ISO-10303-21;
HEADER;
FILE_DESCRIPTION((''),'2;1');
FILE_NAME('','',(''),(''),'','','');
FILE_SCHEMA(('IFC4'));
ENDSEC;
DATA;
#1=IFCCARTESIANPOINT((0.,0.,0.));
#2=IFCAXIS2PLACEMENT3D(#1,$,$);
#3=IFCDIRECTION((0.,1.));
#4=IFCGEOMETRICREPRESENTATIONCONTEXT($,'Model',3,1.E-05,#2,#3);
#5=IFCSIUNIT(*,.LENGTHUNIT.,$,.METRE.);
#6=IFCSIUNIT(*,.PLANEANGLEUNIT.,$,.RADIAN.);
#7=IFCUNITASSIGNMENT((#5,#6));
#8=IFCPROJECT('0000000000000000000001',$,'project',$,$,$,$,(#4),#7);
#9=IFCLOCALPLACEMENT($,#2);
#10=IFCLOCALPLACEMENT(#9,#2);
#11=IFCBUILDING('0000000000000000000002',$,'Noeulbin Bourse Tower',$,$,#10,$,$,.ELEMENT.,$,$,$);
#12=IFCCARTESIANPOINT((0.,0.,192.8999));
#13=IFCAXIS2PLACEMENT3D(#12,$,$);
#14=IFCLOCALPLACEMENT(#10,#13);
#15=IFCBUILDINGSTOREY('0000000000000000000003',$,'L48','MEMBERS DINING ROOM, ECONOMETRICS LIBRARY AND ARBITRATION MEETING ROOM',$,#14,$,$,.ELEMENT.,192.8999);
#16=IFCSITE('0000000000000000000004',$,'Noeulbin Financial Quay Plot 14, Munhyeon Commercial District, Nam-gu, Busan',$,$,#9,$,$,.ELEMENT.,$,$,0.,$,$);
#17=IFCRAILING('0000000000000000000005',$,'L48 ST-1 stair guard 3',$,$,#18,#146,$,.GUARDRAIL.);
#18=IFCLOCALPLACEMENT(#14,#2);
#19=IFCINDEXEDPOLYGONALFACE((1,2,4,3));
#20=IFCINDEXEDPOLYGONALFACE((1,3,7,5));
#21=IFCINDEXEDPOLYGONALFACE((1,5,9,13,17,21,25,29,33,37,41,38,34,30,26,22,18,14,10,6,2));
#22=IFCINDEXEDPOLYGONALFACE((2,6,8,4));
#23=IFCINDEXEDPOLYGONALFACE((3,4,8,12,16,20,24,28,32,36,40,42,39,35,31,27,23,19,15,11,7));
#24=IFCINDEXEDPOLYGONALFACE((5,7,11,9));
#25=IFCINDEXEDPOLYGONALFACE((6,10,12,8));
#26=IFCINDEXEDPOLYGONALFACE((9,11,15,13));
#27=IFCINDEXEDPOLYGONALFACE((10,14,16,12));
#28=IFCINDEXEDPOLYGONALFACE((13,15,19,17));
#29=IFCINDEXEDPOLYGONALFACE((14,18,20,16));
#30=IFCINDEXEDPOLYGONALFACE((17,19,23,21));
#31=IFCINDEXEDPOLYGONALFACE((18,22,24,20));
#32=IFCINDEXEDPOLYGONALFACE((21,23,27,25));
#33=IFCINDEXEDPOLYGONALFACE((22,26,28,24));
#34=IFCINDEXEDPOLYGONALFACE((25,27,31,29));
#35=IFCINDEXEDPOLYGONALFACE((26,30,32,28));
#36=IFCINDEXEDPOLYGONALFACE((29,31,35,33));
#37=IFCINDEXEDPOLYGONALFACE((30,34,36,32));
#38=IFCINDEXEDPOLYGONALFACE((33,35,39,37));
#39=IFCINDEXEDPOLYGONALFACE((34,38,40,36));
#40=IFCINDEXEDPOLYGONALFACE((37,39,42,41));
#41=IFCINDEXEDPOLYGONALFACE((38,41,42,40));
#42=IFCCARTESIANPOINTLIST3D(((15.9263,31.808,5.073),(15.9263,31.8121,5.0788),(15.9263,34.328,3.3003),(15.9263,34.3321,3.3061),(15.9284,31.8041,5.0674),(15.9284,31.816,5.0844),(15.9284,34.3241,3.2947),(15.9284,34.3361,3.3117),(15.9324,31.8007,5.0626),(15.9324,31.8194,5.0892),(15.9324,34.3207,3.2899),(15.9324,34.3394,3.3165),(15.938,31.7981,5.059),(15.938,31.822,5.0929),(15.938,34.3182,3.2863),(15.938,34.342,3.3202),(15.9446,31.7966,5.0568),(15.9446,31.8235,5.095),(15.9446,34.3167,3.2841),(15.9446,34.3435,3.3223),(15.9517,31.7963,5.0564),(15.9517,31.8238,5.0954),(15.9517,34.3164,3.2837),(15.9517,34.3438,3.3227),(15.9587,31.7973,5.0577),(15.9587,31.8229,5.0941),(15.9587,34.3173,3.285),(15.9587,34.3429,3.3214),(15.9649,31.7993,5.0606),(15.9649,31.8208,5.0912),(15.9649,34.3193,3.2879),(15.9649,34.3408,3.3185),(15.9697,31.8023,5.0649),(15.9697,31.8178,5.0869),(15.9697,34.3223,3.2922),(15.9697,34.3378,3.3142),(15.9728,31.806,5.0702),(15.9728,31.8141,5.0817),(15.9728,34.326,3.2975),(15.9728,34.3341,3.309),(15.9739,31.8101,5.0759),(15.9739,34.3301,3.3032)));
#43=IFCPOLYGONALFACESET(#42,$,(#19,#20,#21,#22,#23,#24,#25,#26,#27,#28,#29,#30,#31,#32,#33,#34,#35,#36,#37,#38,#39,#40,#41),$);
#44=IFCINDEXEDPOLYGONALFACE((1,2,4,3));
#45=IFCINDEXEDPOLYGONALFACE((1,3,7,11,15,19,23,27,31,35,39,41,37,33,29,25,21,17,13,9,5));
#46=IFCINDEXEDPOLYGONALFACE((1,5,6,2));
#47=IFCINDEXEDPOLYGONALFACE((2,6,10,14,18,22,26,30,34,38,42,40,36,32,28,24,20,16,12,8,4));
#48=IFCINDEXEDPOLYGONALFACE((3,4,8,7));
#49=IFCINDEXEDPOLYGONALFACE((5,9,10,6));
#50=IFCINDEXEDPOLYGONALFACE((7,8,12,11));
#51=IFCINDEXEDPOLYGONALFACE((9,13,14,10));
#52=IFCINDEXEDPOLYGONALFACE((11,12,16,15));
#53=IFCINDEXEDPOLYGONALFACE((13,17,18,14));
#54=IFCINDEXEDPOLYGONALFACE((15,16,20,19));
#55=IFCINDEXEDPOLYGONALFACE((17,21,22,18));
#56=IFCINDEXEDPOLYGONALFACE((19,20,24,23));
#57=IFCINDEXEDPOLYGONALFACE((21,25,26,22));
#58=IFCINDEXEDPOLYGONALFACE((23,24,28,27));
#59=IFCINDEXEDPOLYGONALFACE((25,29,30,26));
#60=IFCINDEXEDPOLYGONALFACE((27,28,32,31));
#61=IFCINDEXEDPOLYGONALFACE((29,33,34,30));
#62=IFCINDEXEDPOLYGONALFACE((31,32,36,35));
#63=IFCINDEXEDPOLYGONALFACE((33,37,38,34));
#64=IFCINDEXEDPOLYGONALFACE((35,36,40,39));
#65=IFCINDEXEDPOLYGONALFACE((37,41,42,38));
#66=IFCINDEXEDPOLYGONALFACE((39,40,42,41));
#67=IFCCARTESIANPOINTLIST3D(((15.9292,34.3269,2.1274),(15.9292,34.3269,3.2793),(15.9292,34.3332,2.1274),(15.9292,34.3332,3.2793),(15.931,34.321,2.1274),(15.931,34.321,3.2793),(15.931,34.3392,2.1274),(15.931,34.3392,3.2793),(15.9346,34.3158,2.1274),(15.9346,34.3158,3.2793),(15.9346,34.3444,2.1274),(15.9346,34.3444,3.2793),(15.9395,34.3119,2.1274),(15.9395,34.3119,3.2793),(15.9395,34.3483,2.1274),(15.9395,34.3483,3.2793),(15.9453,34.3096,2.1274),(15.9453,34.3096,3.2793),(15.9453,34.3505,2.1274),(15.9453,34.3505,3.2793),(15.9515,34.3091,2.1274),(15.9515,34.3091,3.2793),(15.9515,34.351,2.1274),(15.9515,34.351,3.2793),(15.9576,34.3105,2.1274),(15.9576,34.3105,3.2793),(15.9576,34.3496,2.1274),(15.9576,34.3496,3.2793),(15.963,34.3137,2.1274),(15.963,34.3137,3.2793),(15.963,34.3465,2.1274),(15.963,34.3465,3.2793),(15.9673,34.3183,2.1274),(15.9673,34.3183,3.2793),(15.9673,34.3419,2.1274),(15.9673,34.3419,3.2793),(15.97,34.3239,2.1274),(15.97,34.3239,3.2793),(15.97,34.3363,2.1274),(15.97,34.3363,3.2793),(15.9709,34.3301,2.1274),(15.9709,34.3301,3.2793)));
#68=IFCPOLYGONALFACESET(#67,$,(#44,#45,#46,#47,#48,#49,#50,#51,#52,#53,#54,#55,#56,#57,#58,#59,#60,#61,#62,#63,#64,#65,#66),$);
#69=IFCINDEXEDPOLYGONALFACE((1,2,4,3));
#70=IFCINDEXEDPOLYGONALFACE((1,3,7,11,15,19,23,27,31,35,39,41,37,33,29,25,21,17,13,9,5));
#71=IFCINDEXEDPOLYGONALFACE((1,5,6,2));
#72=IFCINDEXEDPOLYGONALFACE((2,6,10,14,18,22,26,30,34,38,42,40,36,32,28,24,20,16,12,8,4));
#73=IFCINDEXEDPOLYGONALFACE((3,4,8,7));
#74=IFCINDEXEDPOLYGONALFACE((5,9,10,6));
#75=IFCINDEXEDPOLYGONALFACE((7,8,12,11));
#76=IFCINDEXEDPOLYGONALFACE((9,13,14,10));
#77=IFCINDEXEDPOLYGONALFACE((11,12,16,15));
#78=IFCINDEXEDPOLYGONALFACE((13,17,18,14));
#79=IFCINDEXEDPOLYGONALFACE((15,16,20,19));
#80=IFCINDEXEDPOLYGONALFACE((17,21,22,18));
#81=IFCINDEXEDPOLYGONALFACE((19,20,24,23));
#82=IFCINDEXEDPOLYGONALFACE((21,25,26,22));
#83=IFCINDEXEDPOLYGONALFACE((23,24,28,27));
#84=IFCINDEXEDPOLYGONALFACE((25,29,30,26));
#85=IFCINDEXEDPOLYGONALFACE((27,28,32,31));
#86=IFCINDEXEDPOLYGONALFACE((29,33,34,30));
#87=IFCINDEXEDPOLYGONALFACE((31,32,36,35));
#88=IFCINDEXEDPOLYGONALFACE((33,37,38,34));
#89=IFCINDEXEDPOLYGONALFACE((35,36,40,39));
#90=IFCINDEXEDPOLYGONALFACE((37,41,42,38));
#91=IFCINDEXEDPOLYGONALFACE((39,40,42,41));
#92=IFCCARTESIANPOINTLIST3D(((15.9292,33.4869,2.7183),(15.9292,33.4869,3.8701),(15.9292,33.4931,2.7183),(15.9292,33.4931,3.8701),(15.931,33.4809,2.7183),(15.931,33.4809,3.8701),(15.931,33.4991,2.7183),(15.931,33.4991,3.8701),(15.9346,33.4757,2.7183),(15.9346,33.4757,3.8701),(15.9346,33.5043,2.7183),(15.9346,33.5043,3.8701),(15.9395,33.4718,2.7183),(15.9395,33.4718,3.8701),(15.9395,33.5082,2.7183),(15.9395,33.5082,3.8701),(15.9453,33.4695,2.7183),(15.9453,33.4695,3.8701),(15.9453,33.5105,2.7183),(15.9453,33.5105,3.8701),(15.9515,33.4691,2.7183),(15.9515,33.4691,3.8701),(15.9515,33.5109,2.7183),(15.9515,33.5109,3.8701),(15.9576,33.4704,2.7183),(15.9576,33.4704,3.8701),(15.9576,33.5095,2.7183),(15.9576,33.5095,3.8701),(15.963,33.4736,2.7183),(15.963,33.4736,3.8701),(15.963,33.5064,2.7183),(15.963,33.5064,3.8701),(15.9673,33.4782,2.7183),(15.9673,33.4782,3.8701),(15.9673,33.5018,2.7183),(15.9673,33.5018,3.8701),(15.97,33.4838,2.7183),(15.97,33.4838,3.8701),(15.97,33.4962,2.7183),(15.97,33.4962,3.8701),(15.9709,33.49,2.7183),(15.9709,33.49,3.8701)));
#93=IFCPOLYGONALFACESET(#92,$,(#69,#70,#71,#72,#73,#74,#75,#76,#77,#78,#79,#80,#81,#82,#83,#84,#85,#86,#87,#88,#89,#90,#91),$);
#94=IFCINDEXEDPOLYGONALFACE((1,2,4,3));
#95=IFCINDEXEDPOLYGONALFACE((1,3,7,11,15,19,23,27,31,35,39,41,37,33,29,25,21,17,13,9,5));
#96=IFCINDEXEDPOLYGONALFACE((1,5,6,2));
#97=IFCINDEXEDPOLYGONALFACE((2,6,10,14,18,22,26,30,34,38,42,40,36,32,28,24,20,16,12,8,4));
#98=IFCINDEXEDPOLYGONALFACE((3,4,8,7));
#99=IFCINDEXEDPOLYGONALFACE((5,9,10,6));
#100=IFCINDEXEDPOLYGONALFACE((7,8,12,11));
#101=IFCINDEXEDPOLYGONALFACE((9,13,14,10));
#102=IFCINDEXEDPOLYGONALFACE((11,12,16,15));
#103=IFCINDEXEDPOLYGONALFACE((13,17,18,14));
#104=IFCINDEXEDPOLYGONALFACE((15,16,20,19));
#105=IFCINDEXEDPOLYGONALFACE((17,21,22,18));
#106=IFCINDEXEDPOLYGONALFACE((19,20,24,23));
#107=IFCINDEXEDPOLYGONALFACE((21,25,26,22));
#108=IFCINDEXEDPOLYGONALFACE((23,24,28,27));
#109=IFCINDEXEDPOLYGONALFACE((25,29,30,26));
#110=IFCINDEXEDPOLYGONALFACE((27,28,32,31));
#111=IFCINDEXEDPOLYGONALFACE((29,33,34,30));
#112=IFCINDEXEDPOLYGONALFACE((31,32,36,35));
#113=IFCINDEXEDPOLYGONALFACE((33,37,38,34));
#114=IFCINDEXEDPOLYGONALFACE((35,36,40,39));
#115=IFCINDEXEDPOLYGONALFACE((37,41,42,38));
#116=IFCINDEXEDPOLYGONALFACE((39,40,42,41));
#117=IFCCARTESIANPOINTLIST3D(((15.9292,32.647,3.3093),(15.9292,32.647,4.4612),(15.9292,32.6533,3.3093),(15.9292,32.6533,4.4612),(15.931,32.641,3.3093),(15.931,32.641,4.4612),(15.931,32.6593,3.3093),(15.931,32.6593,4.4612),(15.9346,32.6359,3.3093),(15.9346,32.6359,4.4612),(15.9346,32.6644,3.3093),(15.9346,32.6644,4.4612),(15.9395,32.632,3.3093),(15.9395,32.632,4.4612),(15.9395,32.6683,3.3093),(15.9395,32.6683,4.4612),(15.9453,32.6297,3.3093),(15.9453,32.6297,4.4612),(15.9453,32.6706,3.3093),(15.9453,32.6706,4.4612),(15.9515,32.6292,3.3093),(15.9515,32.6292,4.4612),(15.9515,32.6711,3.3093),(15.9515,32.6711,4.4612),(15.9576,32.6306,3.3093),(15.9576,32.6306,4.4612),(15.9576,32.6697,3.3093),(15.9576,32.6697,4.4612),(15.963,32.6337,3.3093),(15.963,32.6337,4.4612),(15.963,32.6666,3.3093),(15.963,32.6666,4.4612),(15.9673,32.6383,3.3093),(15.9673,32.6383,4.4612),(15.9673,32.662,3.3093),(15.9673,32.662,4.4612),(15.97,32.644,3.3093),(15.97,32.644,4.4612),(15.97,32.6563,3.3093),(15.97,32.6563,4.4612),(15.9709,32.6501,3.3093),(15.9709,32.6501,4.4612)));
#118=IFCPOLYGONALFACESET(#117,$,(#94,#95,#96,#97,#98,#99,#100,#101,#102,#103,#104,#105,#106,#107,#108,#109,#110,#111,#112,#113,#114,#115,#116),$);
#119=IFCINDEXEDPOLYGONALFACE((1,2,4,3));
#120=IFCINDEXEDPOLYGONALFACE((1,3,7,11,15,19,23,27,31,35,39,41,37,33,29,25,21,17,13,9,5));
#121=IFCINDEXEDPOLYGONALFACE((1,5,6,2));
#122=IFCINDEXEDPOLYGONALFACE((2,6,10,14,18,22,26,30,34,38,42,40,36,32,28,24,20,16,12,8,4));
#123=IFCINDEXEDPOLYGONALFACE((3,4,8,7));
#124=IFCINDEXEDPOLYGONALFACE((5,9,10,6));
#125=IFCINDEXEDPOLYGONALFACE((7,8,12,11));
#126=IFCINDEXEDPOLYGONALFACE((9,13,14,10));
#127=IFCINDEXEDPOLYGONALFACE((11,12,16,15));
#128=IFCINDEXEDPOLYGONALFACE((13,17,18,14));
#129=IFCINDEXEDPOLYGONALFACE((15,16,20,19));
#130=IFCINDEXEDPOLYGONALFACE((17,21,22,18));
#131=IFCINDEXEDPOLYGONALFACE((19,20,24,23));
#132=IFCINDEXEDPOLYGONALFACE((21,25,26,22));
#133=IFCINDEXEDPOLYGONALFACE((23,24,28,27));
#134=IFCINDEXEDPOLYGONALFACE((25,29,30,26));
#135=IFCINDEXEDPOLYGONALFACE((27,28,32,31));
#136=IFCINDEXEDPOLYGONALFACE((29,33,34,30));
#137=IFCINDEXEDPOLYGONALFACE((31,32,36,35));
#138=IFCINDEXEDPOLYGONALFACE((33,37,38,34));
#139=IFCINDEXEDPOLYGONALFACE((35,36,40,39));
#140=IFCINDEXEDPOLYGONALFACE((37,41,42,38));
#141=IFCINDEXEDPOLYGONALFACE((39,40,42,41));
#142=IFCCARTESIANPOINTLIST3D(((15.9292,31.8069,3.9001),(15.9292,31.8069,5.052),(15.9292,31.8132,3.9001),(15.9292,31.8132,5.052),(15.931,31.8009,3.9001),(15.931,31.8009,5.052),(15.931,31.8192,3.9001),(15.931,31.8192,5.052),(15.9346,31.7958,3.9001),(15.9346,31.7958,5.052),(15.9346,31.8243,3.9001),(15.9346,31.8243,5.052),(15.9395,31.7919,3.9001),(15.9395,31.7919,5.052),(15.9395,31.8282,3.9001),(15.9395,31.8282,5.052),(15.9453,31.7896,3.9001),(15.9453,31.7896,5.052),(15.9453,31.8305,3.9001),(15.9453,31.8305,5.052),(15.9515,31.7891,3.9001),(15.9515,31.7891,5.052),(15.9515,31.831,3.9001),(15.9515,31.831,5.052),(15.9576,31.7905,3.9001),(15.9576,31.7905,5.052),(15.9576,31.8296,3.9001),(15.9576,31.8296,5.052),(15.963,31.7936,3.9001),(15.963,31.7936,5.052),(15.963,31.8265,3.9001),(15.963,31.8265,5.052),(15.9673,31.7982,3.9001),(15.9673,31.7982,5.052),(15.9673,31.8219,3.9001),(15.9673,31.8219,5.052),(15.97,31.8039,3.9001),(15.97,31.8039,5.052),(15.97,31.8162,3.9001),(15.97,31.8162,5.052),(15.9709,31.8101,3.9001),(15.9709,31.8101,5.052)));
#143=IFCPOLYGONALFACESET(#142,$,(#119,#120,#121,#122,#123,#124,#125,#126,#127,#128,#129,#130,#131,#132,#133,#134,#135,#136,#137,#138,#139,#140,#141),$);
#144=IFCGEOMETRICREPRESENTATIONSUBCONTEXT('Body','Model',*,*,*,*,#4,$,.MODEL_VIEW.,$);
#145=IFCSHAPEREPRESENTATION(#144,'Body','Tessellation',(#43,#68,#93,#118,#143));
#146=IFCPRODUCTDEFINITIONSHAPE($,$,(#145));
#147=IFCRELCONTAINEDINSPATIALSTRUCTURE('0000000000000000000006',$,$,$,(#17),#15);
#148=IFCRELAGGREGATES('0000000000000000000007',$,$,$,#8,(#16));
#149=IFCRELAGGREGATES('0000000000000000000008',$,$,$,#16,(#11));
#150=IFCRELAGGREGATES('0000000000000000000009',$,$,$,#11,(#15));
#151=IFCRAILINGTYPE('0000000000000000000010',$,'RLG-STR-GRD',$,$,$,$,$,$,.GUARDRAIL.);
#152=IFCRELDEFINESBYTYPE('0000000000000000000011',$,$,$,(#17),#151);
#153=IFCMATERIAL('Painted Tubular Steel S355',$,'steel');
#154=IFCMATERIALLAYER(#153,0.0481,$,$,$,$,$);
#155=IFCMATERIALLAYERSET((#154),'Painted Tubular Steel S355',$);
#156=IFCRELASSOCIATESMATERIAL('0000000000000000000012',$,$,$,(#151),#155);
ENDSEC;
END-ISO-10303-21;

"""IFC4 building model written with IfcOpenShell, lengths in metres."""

from ifc_helpers import new_model, si_unit, direction, frame, origin, origin_2d, place, context, subcontext, project, spatial, circle, extrude, material, layer, layer_set, type_object, element, save


model = new_model("IFC4")

# Units and contexts
model_context = context("Model", 3, precision=1e-05, world=origin(), true_north=direction((0.0, 1.0)))
body_context = subcontext(model_context, "Body", "Model", "MODEL_VIEW")
ifc_project = project(units=[si_unit("LENGTHUNIT", "METRE"), si_unit("PLANEANGLEUNIT", "RADIAN")], contexts=[model_context])

# Site, building, storey
site_placement = place(None, origin())
site = spatial("IfcSite", under=ifc_project, at=site_placement, Name="Noeulbin Financial Quay Plot 14, Munhyeon Commercial District, Nam-gu, Busan", CompositionType="ELEMENT", RefElevation=0.0)
building_placement = place(site_placement, origin())
building = spatial("IfcBuilding", under=site, at=building_placement, Name="Noeulbin Bourse Tower", CompositionType="ELEMENT")
storey_placement = place(building_placement, frame((0.0, 0.0, 192.8999)))
storey = spatial("IfcBuildingStorey", under=building, at=storey_placement, Name="L48", Description="MEMBERS DINING ROOM, ECONOMETRICS LIBRARY AND ARBITRATION MEETING ROOM", CompositionType="ELEMENT", Elevation=192.8999)

# Railing
ifc_material_1 = material(Name="Painted Tubular Steel S355", Category="steel")
ifc_layer_1 = layer(ifc_material_1, 0.0481)
ifc_layer_set_1 = layer_set([ifc_layer_1], Name="Painted Tubular Steel S355")
railing_type_1 = type_object("IfcRailingType", Name="RLG-STR-GRD", PredefinedType="GUARDRAIL", material=ifc_layer_set_1)
railing_1_placement = place(storey_placement, frame((15.95, 34.3301, 2.1274)))
element("IfcRailing", 1, at=railing_1_placement, inside=storey, type_object=railing_type_1, Name="L48 ST-1 stair guard 3", PredefinedType="GUARDRAIL", context=body_context, shape_type="SweptSolid", body=[
    extrude(circle(Radius=0.0239, at=origin_2d()), frame((0.0, 0.0, 1.1758), z_axis=(0.0, -0.817904, 0.575354), x_axis=(1.0, 0.0, 0.0)), (0.0, 0.0, 1.0), 3.0811),
    extrude(circle(Radius=0.021, at=origin_2d()), origin(), (0.0, 0.0, 1.0), 1.1519),
    extrude(circle(Radius=0.021, at=origin_2d()), frame((0.0, -0.8401, 0.5908)), (0.0, 0.0, 1.0), 1.1519),
    extrude(circle(Radius=0.021, at=origin_2d()), frame((0.0, -1.6799, 1.1819)), (0.0, 0.0, 1.0), 1.1519),
    extrude(circle(Radius=0.021, at=origin_2d()), frame((0.0, -2.52, 1.7727)), (0.0, 0.0, 1.0), 1.1519),
])

save(model, "model.ifc")
